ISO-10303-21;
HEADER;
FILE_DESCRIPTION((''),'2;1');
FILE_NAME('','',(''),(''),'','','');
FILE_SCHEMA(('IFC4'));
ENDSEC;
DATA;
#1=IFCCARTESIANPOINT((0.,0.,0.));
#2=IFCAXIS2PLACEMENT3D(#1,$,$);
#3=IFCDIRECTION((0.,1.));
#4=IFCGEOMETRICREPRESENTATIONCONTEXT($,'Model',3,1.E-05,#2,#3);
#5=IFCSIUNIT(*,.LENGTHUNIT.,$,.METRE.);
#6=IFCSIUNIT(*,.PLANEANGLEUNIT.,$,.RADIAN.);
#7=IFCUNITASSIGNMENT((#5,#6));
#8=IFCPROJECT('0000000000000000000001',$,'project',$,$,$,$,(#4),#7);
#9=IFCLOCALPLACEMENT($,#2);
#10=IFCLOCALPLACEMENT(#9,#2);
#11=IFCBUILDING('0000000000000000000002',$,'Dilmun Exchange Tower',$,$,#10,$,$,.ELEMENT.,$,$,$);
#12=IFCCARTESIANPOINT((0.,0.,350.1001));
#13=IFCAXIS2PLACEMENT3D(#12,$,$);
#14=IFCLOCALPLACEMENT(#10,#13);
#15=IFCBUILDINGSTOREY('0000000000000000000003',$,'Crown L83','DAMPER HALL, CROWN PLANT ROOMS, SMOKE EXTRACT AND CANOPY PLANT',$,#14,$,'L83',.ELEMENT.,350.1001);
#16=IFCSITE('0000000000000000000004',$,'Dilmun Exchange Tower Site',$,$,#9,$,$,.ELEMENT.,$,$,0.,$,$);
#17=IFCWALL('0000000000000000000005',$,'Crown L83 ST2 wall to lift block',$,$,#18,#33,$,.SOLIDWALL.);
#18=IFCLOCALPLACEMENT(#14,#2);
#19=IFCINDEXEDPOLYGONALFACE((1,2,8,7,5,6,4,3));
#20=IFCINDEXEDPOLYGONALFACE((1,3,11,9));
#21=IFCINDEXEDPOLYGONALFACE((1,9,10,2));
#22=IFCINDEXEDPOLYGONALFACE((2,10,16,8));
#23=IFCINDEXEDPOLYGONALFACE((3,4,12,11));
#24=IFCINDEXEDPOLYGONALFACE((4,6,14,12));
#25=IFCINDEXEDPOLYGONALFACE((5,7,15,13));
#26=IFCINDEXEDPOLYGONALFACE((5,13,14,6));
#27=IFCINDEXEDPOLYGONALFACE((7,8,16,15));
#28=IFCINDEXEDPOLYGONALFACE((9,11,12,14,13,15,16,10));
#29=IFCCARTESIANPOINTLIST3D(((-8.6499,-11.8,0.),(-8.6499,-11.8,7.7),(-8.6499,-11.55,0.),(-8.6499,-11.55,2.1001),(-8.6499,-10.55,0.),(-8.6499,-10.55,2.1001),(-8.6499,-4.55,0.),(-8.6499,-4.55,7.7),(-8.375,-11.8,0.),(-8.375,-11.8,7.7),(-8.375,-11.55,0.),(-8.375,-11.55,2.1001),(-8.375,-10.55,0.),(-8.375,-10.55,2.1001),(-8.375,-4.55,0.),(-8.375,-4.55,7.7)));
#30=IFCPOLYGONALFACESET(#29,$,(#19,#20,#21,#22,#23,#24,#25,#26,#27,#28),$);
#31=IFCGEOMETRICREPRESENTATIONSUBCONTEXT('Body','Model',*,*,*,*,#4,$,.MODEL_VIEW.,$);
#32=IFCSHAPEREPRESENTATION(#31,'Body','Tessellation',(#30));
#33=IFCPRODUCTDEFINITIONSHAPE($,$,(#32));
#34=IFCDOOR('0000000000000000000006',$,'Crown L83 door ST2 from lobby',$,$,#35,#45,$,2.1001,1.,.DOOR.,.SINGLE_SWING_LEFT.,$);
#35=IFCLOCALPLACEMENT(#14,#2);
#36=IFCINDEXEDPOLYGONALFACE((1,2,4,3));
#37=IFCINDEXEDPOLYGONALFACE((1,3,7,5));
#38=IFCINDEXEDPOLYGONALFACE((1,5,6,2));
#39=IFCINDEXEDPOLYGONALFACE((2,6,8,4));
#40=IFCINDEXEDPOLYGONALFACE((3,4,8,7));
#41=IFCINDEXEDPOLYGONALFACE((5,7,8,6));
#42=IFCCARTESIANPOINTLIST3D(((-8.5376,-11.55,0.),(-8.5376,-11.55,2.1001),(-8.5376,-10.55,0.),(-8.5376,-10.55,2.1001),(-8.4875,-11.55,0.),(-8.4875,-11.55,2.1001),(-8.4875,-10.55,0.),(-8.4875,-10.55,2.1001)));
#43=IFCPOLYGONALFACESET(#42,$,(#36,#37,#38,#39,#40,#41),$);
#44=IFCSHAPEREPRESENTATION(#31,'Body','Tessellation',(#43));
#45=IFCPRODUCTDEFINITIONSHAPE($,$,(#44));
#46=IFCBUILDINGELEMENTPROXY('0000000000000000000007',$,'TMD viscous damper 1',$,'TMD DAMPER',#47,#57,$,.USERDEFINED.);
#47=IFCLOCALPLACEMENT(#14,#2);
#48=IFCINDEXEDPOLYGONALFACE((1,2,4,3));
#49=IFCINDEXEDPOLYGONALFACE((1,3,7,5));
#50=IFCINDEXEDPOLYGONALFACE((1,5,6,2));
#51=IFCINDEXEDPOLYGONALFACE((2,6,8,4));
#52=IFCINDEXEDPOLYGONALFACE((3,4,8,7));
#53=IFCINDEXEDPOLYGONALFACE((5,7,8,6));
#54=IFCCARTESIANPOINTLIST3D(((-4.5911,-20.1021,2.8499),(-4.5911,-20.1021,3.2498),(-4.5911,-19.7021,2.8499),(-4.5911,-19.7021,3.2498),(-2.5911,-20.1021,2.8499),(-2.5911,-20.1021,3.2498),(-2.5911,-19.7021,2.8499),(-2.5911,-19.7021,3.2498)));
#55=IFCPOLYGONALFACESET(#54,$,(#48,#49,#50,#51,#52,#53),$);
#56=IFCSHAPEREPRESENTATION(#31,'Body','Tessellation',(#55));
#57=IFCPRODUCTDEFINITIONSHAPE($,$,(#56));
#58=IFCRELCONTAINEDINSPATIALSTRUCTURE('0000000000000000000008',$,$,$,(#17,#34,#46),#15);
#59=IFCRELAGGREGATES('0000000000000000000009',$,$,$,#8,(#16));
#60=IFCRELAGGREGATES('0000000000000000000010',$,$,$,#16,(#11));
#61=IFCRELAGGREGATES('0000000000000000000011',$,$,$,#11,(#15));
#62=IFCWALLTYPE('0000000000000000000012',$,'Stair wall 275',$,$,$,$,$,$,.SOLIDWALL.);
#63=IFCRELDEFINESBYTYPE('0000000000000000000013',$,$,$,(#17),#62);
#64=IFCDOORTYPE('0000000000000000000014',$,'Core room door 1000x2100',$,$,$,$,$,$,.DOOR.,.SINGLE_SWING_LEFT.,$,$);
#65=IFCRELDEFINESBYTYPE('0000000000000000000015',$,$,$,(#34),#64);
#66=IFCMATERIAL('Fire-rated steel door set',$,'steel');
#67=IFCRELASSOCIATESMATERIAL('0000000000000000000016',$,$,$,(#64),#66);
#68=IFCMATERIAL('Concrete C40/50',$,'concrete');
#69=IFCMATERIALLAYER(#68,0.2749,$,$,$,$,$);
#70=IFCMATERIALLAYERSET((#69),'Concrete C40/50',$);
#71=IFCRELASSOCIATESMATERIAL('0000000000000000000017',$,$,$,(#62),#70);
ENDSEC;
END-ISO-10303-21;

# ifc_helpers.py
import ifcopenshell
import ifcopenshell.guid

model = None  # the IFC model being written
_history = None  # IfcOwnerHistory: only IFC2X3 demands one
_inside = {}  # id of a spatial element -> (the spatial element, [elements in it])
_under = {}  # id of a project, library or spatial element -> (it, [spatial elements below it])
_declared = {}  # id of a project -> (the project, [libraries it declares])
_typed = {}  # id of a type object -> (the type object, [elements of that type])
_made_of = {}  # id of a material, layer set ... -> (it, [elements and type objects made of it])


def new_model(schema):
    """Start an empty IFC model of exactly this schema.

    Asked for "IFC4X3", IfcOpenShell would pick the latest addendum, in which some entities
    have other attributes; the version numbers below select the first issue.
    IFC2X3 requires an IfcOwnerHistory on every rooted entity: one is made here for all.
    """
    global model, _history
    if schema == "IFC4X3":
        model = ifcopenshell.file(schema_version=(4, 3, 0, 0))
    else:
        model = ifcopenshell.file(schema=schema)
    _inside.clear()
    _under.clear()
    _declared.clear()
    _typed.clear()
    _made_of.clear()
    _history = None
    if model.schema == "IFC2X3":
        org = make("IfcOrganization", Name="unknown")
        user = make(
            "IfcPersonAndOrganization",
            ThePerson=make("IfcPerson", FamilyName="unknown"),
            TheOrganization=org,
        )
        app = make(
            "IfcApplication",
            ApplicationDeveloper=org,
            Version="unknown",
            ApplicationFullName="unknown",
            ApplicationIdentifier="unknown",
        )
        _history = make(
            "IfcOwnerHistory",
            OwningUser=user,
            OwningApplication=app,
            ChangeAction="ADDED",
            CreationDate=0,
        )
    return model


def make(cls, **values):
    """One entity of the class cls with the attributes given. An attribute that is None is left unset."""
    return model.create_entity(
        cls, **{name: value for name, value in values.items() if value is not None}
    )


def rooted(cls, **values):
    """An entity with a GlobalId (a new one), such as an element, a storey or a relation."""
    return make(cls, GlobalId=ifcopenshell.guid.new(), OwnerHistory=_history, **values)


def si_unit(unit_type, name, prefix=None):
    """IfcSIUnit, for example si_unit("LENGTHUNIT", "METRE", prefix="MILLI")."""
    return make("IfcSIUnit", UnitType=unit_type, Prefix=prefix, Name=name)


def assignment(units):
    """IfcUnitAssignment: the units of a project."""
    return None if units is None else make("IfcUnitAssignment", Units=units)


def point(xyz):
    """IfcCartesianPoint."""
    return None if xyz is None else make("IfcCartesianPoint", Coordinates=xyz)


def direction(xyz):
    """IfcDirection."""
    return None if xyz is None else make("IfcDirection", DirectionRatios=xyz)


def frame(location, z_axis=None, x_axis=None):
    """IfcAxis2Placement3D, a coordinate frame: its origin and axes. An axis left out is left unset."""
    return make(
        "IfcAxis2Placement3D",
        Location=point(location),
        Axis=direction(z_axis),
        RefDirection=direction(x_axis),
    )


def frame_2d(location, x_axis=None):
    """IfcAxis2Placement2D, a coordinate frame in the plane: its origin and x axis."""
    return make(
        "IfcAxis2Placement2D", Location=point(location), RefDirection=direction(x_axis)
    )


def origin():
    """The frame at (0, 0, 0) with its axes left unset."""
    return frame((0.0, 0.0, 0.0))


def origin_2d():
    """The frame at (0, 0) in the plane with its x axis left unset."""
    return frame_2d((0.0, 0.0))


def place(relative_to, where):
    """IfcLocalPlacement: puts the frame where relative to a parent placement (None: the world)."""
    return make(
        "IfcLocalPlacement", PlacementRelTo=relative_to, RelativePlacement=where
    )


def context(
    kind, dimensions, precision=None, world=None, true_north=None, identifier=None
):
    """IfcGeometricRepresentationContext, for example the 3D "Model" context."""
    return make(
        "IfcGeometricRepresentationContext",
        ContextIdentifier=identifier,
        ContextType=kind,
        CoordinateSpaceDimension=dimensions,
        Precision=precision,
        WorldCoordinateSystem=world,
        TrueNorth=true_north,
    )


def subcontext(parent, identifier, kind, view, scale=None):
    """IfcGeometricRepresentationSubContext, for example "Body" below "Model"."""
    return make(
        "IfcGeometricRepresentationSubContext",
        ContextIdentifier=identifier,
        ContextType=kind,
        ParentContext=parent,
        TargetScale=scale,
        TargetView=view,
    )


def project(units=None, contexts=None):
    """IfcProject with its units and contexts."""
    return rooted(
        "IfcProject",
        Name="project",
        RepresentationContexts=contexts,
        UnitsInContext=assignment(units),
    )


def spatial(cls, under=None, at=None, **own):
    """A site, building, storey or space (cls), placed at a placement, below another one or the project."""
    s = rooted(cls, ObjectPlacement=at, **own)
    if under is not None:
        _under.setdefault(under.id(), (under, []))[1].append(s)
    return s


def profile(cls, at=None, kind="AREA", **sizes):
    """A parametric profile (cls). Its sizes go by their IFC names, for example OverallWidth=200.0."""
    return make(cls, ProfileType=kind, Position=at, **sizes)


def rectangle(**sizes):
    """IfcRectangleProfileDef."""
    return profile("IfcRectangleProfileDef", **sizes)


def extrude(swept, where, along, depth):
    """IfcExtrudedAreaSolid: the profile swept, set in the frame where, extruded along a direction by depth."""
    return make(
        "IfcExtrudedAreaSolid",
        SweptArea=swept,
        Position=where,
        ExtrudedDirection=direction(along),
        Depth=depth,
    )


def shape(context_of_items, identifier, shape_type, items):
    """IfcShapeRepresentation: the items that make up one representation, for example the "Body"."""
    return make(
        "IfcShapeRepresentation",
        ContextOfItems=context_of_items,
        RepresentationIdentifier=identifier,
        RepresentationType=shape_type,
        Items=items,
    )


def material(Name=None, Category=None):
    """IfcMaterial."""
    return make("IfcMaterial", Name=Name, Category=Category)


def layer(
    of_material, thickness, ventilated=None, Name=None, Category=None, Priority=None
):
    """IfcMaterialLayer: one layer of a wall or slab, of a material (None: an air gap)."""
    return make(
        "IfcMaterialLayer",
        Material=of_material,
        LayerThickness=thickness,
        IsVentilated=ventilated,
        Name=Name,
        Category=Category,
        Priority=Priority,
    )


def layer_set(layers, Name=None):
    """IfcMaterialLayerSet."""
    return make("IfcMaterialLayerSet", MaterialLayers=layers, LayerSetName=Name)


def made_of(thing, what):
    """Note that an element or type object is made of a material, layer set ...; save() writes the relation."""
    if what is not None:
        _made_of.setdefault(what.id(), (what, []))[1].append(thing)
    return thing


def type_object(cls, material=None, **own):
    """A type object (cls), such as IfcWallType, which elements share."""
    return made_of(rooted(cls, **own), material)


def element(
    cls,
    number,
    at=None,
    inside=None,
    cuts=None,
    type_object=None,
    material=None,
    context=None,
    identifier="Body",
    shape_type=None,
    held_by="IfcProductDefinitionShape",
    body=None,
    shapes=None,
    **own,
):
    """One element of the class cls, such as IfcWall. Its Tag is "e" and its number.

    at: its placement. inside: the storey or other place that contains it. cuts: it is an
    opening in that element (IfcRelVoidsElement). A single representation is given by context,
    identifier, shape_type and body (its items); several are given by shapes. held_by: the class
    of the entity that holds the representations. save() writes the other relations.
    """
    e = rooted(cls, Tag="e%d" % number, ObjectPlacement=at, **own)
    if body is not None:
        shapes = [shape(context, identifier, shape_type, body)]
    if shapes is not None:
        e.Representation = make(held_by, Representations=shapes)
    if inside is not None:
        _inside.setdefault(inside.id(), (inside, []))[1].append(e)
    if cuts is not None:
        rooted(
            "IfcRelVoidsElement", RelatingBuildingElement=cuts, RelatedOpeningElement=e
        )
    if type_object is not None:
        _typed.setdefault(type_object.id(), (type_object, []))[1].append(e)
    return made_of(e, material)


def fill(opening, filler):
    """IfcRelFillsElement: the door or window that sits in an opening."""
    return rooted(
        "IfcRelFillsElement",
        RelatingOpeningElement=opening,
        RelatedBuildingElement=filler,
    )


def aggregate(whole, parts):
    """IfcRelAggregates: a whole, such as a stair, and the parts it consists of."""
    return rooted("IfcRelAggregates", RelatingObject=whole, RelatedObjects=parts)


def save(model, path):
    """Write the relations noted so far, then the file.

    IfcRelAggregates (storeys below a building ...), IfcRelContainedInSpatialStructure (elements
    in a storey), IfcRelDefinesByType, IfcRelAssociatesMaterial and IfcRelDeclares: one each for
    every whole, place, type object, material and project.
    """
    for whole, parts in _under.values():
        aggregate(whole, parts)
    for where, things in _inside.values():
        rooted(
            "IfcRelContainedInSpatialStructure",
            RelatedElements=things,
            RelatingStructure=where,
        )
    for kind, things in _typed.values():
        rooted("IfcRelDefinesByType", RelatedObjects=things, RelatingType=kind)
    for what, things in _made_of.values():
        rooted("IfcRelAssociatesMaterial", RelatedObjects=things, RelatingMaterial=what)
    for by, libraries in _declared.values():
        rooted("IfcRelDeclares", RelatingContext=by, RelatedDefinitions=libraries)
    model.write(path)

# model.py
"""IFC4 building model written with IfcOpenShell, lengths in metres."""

from ifc_helpers import new_model, si_unit, direction, frame, frame_2d, origin, origin_2d, place, context, subcontext, project, spatial, rectangle, extrude, material, layer, layer_set, type_object, element, fill, save


model = new_model("IFC4")

# Units and contexts
model_context = context("Model", 3, precision=1e-05, world=origin(), true_north=direction((0.0, 1.0)))
body_context = subcontext(model_context, "Body", "Model", "MODEL_VIEW")
ifc_project = project(units=[si_unit("LENGTHUNIT", "METRE"), si_unit("PLANEANGLEUNIT", "RADIAN")], contexts=[model_context])

# Site, building, storey
site_placement = place(None, origin())
site = spatial("IfcSite", under=ifc_project, at=site_placement, Name="Dilmun Exchange Tower Site", CompositionType="ELEMENT", RefElevation=0.0)
building_placement = place(site_placement, origin())
building = spatial("IfcBuilding", under=site, at=building_placement, Name="Dilmun Exchange Tower", CompositionType="ELEMENT")
storey_placement = place(building_placement, frame((0.0, 0.0, 350.1001)))
storey = spatial("IfcBuildingStorey", under=building, at=storey_placement, Name="Crown L83", Description="DAMPER HALL, CROWN PLANT ROOMS, SMOKE EXTRACT AND CANOPY PLANT", LongName="L83", CompositionType="ELEMENT", Elevation=350.1001)

# Shared definitions
ifc_material_1 = material(Name="Concrete C40/50", Category="concrete")
ifc_material_2 = material(Name="Fire-rated steel door set", Category="steel")

# Shared definitions
door_type_1 = type_object("IfcDoorType", Name="Core room door 1000x2100", OperationType="SINGLE_SWING_LEFT", PredefinedType="DOOR", material=ifc_material_2)

# Wall, opening, door
ifc_layer_1 = layer(ifc_material_1, 0.2749)
ifc_layer_set_1 = layer_set([ifc_layer_1], Name="Concrete C40/50")
wall_type_1 = type_object("IfcWallType", Name="Stair wall 275", PredefinedType="SOLIDWALL", material=ifc_layer_set_1)
wall_1_placement = place(storey_placement, frame((-8.5125, -4.55, 0.0), z_axis=(0.0, 0.0, 1.0), x_axis=(0.0, -1.0, 0.0)))
wall_1 = element("IfcWall", 1, at=wall_1_placement, inside=storey, type_object=wall_type_1, Name="Crown L83 ST2 wall to lift block", PredefinedType="SOLIDWALL", context=body_context, shape_type="SweptSolid", body=[
    extrude(rectangle(XDim=7.25, YDim=0.2749, at=frame_2d((3.625, 0.0))), origin(), (0.0, 0.0, 1.0), 7.7),
])
opening_1_placement = place(wall_1_placement, frame((6.0, 0.0, 0.0)))
opening_1 = element("IfcOpeningElement", 2, at=opening_1_placement, cuts=wall_1, PredefinedType="OPENING", context=body_context, shape_type="SweptSolid", body=[
    extrude(rectangle(XDim=1.0, YDim=2.1001, at=frame_2d((0.5, 1.05))), frame((0.0, 0.1475, 0.0), z_axis=(0.0, -1.0, 0.0), x_axis=(1.0, 0.0, 0.0)), (0.0, 0.0, 1.0), 0.2949),
])
door_1_placement = place(opening_1_placement, origin())
door_1 = element("IfcDoor", 3, at=door_1_placement, inside=storey, type_object=door_type_1, Name="Crown L83 door ST2 from lobby", OperationType="SINGLE_SWING_LEFT", OverallHeight=2.1001, OverallWidth=1.0, PredefinedType="DOOR", context=body_context, shape_type="SweptSolid", body=[
    extrude(rectangle(XDim=1.0, YDim=2.1001, at=frame_2d((0.5, 1.05))), frame((0.0, 0.0249, 0.0), z_axis=(0.0, -1.0, 0.0), x_axis=(1.0, 0.0, 0.0)), (0.0, 0.0, 1.0), 0.05),
])
fill(opening_1, door_1)

# Building element proxy
proxy_placement = place(storey_placement, frame((-3.5911, -19.9021, 2.8499), z_axis=(0.0, 0.0, 1.0), x_axis=(1.0, 0.0, 0.0)))
element("IfcBuildingElementProxy", 4, at=proxy_placement, inside=storey, Name="TMD viscous damper 1", ObjectType="TMD DAMPER", PredefinedType="USERDEFINED", context=body_context, shape_type="SweptSolid", body=[
    extrude(rectangle(XDim=2.0, YDim=0.3999, at=origin_2d()), origin(), (0.0, 0.0, 1.0), 0.3999),
])

save(model, "model.ifc")
